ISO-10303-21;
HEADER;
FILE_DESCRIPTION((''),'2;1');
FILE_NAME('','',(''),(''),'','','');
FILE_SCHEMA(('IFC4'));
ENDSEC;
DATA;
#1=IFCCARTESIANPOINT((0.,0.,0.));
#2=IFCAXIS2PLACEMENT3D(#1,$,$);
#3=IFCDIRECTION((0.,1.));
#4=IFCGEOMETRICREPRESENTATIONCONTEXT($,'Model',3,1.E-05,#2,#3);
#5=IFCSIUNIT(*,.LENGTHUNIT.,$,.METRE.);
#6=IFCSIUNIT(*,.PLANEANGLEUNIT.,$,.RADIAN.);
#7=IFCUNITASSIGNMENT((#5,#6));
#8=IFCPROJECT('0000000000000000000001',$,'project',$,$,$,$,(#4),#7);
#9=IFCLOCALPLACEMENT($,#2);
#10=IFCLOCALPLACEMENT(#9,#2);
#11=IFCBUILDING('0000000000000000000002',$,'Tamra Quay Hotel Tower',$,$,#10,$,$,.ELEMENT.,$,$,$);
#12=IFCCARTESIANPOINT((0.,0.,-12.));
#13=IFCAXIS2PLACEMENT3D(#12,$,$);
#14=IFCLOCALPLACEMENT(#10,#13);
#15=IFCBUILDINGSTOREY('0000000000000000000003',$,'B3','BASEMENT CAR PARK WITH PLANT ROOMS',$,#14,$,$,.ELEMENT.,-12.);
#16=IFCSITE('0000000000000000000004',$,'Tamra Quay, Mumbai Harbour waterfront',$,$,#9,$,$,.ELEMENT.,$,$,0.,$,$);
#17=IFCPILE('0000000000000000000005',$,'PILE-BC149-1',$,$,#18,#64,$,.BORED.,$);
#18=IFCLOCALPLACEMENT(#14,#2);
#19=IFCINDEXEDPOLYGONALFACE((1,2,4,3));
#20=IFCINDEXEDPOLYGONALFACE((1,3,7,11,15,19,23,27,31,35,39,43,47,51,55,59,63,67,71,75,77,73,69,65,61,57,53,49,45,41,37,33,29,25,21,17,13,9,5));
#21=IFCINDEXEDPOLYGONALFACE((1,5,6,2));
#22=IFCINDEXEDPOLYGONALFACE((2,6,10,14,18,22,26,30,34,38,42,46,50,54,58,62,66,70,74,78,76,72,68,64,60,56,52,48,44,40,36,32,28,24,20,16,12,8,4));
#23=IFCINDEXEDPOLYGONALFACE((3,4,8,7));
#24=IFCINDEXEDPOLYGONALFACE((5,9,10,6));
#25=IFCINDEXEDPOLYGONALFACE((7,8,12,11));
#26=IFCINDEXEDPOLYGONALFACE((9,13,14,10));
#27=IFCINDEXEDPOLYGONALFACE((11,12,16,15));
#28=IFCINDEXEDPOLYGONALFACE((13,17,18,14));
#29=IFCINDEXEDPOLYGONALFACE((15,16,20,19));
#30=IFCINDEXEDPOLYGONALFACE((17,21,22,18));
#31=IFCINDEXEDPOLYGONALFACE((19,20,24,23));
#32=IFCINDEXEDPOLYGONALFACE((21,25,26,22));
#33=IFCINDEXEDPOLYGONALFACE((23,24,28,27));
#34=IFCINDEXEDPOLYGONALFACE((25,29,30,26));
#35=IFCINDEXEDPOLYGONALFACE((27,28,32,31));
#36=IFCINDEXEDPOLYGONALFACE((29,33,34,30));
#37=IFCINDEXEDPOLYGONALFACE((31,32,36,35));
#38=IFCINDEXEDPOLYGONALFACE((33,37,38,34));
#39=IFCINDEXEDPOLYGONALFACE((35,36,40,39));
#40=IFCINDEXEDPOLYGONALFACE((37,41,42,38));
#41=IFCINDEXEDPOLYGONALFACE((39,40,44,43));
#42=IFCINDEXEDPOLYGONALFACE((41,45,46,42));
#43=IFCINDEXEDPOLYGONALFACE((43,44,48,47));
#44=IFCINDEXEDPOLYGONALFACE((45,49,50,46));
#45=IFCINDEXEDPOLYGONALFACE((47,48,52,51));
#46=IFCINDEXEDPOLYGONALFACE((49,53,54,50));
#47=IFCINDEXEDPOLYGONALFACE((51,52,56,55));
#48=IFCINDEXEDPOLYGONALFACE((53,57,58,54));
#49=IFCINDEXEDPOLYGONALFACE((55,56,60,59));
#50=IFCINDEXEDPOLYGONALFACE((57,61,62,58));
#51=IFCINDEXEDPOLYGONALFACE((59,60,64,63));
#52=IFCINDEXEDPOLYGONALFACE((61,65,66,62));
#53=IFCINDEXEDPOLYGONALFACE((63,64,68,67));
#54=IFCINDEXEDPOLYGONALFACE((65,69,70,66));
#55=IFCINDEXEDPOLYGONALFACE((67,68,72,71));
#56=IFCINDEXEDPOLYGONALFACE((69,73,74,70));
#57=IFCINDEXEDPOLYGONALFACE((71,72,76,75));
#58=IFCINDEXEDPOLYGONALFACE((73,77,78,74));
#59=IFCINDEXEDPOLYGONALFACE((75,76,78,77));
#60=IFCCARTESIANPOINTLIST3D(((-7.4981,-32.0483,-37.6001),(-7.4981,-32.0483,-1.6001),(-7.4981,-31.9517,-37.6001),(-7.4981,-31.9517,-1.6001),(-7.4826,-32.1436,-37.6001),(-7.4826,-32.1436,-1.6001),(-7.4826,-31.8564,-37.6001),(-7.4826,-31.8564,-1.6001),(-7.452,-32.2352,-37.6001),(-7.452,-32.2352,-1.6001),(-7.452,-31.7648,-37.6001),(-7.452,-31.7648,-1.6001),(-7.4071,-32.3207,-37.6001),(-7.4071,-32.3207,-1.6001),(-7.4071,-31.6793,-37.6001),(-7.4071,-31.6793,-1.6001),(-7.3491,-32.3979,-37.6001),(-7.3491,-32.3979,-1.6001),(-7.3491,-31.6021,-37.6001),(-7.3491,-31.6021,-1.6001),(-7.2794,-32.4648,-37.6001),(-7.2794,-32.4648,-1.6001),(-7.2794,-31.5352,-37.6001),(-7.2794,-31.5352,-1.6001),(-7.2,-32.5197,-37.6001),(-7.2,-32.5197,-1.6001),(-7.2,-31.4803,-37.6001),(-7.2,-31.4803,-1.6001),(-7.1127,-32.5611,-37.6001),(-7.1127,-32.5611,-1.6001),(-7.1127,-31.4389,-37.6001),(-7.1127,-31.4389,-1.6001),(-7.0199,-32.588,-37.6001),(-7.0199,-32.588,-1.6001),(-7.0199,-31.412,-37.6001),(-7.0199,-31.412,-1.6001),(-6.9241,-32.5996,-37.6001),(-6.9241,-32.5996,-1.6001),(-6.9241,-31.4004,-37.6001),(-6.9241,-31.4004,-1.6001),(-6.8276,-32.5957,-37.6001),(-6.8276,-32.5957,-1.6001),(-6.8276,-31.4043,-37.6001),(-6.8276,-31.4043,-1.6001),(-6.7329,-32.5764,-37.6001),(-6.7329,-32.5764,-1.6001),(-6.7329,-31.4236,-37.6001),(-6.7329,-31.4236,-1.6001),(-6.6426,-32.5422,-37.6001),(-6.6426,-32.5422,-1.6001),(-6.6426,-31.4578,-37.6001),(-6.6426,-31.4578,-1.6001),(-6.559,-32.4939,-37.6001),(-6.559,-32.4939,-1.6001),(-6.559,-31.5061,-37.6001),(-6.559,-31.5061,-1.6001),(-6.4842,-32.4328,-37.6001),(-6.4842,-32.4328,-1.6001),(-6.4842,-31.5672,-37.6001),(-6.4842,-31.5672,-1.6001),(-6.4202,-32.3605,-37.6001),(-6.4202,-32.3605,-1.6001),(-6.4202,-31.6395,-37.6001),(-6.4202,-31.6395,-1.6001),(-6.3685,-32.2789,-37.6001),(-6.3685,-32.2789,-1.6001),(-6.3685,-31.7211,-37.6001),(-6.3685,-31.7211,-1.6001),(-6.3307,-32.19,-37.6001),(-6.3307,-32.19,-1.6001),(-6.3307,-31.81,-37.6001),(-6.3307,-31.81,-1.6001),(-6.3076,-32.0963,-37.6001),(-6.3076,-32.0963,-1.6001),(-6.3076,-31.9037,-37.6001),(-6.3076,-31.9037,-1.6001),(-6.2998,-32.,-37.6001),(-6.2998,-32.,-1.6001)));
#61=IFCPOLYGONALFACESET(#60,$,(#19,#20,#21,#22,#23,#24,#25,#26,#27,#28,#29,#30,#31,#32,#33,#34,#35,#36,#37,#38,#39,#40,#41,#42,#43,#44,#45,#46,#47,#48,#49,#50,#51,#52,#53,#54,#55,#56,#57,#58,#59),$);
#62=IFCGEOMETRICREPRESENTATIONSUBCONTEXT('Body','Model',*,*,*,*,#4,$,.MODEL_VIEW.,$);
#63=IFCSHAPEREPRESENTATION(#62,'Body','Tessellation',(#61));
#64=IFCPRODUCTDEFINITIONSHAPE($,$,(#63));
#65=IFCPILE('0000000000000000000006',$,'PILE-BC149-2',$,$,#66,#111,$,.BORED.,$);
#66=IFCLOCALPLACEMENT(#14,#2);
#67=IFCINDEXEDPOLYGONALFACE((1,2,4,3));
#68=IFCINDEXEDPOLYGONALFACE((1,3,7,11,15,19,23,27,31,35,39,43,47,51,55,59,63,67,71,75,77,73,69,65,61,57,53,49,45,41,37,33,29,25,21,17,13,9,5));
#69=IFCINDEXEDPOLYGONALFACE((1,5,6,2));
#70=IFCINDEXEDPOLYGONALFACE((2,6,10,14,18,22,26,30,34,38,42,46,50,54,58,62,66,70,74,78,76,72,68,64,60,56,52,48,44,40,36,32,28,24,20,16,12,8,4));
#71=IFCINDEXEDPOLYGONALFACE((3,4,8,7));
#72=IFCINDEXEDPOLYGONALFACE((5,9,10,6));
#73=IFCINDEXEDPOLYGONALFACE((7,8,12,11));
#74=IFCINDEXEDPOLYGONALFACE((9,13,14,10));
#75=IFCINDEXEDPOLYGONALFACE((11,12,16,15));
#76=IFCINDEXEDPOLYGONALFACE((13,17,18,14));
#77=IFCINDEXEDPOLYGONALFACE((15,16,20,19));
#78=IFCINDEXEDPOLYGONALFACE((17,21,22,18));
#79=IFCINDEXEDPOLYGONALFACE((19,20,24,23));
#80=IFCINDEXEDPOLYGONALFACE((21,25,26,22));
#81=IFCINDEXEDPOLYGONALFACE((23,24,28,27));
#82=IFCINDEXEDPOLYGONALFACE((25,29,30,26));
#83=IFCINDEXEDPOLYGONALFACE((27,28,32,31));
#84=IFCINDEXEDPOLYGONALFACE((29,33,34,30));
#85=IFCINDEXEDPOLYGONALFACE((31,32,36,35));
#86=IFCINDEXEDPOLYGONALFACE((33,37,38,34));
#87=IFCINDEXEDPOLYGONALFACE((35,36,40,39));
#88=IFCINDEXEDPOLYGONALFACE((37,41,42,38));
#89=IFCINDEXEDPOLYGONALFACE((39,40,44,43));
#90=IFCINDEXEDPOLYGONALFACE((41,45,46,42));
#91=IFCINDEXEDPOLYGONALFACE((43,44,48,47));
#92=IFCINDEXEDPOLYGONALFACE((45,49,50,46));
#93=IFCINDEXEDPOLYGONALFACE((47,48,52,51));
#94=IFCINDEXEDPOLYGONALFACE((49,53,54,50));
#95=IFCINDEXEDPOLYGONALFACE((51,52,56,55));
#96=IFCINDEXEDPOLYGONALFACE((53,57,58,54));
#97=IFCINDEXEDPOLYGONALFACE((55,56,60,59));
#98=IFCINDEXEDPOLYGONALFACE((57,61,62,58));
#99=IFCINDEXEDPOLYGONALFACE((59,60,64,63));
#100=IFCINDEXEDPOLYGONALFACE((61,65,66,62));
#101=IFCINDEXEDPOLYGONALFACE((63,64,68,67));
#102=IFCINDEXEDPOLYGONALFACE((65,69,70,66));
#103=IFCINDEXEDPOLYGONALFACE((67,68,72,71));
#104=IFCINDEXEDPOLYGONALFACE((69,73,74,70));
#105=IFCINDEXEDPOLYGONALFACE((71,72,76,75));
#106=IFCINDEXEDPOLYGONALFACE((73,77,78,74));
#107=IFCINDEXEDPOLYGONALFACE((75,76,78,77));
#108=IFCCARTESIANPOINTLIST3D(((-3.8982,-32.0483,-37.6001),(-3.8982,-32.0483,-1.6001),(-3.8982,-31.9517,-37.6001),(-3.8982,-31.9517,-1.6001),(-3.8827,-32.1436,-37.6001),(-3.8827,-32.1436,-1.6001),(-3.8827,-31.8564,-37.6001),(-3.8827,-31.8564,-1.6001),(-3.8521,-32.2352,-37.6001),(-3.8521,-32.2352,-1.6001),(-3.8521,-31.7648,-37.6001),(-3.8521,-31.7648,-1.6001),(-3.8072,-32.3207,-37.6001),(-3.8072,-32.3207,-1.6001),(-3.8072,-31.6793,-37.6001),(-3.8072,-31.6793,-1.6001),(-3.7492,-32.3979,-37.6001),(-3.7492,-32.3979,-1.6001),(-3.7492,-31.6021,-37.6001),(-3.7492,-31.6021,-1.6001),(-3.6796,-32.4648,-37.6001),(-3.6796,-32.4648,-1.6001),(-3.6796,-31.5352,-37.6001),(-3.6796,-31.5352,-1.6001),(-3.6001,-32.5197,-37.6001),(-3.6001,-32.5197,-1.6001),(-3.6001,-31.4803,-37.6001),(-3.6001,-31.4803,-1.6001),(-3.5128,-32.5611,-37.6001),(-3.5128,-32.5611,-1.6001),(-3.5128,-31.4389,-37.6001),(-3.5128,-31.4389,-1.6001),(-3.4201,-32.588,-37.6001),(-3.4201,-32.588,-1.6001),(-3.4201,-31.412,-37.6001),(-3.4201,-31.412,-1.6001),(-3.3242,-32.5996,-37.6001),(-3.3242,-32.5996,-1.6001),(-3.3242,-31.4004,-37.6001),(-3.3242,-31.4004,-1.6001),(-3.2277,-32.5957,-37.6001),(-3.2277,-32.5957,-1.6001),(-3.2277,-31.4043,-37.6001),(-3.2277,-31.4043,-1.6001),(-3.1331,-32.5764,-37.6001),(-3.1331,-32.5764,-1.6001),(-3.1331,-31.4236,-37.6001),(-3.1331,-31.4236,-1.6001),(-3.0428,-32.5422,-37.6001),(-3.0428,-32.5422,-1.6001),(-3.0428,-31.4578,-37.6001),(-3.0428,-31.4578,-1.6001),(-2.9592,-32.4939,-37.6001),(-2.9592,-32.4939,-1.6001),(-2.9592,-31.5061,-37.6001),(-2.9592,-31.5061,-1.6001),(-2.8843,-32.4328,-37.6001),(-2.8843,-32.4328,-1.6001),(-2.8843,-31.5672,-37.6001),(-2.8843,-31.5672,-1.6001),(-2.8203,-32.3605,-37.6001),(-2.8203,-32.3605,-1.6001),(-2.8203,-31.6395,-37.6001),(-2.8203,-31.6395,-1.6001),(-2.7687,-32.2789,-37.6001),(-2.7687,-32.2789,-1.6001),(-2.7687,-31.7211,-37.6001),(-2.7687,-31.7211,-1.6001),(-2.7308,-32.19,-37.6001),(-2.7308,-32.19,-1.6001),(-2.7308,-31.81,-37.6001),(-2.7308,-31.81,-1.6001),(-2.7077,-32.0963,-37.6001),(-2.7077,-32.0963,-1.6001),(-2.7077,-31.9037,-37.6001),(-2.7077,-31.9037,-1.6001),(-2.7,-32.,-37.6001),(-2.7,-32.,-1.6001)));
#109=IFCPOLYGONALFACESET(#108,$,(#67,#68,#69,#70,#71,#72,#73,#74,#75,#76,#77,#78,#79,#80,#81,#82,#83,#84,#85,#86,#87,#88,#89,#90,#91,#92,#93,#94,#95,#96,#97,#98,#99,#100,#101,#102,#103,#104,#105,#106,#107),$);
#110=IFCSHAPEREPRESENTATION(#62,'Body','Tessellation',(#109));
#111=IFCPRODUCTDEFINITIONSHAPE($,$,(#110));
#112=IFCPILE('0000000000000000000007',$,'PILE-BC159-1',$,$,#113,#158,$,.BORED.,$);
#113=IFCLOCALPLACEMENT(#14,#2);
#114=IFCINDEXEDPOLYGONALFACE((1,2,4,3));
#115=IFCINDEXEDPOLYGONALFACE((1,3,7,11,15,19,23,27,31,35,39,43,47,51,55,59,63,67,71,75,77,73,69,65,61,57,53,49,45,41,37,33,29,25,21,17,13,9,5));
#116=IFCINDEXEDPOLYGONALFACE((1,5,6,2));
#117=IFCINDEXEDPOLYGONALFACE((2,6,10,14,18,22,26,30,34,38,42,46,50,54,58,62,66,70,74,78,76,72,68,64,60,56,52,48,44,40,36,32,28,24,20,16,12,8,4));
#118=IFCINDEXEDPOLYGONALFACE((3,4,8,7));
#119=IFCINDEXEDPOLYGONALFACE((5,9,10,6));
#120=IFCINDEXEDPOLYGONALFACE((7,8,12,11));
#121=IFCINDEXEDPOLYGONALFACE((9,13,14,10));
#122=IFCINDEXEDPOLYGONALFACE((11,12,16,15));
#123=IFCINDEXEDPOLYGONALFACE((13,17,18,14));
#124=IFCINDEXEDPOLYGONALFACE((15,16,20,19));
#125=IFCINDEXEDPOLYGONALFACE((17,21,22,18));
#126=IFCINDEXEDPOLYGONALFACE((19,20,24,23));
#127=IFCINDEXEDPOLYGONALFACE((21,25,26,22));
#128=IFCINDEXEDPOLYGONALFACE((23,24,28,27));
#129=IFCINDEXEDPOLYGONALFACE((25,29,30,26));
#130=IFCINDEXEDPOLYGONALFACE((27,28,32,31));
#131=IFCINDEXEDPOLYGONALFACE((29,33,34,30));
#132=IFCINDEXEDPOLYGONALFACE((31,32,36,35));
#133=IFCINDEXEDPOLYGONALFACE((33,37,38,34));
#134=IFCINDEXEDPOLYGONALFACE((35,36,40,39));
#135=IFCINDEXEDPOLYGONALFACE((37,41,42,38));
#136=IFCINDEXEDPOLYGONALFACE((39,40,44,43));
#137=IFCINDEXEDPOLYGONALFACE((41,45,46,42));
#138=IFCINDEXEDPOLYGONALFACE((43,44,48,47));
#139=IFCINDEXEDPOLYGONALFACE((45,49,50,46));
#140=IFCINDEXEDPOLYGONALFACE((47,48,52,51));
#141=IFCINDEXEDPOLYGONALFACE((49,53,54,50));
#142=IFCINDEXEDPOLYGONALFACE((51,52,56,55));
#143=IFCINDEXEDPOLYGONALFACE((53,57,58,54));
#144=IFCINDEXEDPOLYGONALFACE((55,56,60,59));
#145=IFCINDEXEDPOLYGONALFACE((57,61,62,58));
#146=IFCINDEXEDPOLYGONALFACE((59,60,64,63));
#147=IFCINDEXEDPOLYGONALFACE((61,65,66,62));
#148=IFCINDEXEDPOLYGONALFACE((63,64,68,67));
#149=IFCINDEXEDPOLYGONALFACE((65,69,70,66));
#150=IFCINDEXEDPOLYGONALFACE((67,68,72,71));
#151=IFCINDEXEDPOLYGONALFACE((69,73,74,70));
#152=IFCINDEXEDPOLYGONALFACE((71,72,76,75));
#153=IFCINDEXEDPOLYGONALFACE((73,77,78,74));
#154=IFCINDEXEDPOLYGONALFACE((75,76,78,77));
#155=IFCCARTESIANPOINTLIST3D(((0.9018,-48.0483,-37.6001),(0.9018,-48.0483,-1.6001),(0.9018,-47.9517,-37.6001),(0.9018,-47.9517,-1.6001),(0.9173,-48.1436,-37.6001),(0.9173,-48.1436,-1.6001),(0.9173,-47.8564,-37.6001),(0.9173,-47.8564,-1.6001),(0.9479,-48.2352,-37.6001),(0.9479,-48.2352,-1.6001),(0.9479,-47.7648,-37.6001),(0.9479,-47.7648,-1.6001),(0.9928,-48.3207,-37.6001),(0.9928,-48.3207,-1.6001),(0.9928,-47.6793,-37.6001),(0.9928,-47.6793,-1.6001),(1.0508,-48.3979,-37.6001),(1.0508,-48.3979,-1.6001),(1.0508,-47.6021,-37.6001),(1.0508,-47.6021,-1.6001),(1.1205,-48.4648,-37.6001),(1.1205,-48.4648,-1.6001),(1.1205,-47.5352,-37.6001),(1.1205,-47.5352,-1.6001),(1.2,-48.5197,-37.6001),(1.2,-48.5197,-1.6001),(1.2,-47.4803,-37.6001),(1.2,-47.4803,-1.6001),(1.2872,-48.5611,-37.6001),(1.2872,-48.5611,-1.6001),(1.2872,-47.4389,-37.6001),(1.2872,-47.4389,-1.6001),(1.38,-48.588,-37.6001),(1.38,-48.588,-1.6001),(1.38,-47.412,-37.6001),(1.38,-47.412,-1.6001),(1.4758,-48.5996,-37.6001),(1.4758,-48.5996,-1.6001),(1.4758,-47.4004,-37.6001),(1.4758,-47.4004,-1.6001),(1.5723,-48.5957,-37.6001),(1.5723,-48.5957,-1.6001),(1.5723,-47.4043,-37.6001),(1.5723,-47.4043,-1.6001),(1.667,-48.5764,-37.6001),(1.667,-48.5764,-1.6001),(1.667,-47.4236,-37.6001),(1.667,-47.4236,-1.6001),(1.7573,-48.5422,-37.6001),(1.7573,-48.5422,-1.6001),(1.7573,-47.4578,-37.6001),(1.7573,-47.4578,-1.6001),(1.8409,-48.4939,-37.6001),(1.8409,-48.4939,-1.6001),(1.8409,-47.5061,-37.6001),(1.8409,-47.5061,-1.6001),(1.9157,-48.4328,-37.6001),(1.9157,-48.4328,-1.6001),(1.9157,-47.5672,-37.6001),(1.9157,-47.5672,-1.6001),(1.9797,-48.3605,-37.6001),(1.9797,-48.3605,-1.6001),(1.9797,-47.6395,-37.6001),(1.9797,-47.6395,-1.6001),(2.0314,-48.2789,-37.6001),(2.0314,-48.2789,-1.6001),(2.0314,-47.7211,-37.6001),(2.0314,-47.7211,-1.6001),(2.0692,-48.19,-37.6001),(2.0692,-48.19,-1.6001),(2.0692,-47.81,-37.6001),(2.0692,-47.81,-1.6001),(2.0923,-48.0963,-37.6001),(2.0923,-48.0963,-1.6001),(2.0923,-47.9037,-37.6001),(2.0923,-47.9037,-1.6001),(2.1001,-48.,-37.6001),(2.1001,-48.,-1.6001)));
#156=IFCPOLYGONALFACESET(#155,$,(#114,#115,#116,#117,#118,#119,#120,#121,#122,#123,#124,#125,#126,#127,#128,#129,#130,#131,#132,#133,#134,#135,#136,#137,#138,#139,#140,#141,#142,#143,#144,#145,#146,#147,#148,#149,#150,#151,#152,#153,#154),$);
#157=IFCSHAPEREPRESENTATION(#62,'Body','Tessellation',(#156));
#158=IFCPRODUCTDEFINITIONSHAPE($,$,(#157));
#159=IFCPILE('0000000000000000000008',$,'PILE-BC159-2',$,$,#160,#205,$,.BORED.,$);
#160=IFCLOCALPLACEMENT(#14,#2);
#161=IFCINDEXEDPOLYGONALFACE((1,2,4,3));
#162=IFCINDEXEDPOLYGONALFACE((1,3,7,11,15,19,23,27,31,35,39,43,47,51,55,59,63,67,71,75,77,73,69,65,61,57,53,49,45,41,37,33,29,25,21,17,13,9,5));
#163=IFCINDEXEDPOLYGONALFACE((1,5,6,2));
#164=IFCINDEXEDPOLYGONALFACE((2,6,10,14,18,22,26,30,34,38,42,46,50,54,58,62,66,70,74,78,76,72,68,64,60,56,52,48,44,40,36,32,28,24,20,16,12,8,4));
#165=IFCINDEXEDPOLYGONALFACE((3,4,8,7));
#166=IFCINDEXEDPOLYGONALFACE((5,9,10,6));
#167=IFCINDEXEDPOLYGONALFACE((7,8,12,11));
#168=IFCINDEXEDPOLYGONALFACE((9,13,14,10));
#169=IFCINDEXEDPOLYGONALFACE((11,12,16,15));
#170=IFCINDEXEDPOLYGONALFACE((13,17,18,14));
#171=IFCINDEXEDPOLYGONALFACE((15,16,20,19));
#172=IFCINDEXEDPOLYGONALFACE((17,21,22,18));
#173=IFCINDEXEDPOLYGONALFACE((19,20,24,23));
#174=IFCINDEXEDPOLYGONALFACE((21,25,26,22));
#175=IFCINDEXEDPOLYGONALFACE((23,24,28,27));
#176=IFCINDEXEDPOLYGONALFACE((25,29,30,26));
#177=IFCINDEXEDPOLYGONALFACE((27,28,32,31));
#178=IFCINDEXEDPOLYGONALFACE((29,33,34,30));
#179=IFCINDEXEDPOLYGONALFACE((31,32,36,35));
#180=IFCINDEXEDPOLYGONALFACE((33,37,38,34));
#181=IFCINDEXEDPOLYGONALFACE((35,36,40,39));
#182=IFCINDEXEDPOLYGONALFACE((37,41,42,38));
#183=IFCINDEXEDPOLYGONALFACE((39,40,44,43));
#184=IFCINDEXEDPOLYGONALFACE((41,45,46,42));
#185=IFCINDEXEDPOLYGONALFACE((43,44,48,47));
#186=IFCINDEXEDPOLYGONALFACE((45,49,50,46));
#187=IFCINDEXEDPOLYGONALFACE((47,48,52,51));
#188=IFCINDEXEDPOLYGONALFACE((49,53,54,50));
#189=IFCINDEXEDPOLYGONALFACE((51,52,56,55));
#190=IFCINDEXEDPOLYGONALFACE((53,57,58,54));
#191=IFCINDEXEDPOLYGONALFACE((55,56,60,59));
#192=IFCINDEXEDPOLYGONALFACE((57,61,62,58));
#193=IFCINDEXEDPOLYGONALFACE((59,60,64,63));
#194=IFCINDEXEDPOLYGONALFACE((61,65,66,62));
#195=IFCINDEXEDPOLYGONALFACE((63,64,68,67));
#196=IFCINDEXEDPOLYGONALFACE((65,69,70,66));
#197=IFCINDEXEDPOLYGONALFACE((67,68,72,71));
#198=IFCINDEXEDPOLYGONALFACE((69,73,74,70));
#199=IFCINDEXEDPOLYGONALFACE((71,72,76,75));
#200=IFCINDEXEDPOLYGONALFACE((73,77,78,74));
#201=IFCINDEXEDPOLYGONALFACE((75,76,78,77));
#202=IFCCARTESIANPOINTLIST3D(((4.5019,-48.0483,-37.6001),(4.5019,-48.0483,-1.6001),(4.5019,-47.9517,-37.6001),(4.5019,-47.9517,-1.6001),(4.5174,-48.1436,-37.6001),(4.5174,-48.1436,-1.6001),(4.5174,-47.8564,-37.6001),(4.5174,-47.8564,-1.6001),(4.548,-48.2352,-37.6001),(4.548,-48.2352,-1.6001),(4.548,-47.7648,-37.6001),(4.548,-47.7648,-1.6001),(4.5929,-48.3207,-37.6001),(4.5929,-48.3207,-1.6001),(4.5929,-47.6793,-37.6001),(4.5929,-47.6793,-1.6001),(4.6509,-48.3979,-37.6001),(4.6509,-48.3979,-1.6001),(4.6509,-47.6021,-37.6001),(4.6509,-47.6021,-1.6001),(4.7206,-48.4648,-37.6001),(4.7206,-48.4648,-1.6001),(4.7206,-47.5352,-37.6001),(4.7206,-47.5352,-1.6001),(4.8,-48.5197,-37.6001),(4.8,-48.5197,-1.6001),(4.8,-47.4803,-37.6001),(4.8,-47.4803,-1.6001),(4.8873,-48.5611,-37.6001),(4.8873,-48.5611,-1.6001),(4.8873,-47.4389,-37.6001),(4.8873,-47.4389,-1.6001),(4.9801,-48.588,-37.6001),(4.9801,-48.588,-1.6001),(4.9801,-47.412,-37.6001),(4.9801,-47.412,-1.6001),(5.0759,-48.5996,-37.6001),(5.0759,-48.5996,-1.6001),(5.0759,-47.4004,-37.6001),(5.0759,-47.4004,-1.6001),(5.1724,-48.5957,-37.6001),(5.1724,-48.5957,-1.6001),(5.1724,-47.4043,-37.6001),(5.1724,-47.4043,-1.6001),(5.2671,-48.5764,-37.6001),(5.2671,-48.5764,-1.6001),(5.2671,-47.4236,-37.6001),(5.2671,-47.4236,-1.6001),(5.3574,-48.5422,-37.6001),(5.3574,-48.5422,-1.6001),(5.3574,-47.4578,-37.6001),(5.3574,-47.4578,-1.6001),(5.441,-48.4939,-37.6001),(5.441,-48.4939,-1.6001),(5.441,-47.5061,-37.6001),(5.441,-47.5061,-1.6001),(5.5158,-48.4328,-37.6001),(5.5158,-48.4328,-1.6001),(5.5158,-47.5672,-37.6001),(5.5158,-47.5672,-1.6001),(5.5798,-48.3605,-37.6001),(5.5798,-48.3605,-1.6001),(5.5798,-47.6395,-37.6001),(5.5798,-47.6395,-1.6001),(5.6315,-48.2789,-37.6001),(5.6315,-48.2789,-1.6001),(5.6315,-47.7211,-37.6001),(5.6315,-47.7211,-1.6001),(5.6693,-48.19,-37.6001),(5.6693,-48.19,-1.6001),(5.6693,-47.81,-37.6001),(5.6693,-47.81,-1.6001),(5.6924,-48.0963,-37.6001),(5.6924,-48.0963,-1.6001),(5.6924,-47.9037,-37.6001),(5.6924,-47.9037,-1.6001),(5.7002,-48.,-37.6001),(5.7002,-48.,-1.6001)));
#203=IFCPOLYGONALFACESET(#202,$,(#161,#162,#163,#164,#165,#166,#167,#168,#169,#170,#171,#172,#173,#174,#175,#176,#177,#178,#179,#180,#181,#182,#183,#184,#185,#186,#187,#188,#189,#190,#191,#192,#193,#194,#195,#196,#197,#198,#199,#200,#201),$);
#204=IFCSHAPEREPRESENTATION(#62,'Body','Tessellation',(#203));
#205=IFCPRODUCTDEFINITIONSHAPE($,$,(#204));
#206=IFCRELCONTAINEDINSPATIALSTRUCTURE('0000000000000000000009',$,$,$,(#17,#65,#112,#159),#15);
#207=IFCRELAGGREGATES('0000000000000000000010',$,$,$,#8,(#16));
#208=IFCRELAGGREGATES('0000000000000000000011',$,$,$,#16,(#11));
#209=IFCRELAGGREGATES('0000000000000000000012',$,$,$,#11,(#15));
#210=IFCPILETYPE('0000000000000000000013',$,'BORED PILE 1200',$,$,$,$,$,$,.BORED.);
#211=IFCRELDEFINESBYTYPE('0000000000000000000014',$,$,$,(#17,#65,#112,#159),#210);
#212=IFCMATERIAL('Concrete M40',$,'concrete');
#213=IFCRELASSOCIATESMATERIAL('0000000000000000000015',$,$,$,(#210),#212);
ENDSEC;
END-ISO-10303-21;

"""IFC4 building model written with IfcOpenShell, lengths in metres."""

from ifc_helpers import new_model, si_unit, direction, frame, origin, origin_2d, place, context, subcontext, project, spatial, circle, extrude, material, material_profile, profile_set, type_object, element, save


model = new_model("IFC4")

# Units and contexts
model_context = context("Model", 3, precision=1e-05, world=origin(), true_north=direction((0.0, 1.0)))
body_context = subcontext(model_context, "Body", "Model", "MODEL_VIEW")
ifc_project = project(units=[si_unit("LENGTHUNIT", "METRE"), si_unit("PLANEANGLEUNIT", "RADIAN")], contexts=[model_context])

# Site, building, storey
site_placement = place(None, origin())
site = spatial("IfcSite", under=ifc_project, at=site_placement, Name="Tamra Quay, Mumbai Harbour waterfront", CompositionType="ELEMENT", RefElevation=0.0)
building_placement = place(site_placement, origin())
building = spatial("IfcBuilding", under=site, at=building_placement, Name="Tamra Quay Hotel Tower", CompositionType="ELEMENT")
storey_placement = place(building_placement, frame((0.0, 0.0, -12.0)))
storey = spatial("IfcBuildingStorey", under=building, at=storey_placement, Name="B3", Description="BASEMENT CAR PARK WITH PLANT ROOMS", CompositionType="ELEMENT", Elevation=-12.0)

# Piles
ifc_material_1 = material(Name="Concrete M40", Category="concrete")
ifc_material_profile_1 = material_profile(ifc_material_1, circle(Radius=0.6001, at=origin_2d()), Name="BORED PILE 1200")
ifc_profile_set_1 = profile_set([ifc_material_profile_1], Name="Concrete M40")
pile_type_1 = type_object("IfcPileType", Name="BORED PILE 1200", PredefinedType="BORED", material=ifc_profile_set_1)
for number, where, z_axis, x_axis, name in (
    (1, (-6.8999, -32.0, -1.6001), (0.0, 0.0, -1.0), (1.0, 0.0, 0.0), "PILE-BC149-1"),
    (2, (-3.3, -32.0, -1.6001), (0.0, 0.0, -1.0), (1.0, 0.0, 0.0), "PILE-BC149-2"),
    (3, (1.5, -48.0, -1.6001), (0.0, 0.0, -1.0), (1.0, 0.0, 0.0), "PILE-BC159-1"),
    (4, (5.1001, -48.0, -1.6001), (0.0, 0.0, -1.0), (1.0, 0.0, 0.0), "PILE-BC159-2"),
):
    element("IfcPile", number, at=place(storey_placement, frame(where, z_axis=z_axis, x_axis=x_axis)), inside=storey, type_object=pile_type_1, Name=name, PredefinedType="BORED", context=body_context, shape_type="SweptSolid", body=[
        extrude(circle(Radius=0.6001, at=origin_2d()), origin(), (0.0, 0.0, 1.0), 36.0),
    ])

save(model, "model.ifc")
